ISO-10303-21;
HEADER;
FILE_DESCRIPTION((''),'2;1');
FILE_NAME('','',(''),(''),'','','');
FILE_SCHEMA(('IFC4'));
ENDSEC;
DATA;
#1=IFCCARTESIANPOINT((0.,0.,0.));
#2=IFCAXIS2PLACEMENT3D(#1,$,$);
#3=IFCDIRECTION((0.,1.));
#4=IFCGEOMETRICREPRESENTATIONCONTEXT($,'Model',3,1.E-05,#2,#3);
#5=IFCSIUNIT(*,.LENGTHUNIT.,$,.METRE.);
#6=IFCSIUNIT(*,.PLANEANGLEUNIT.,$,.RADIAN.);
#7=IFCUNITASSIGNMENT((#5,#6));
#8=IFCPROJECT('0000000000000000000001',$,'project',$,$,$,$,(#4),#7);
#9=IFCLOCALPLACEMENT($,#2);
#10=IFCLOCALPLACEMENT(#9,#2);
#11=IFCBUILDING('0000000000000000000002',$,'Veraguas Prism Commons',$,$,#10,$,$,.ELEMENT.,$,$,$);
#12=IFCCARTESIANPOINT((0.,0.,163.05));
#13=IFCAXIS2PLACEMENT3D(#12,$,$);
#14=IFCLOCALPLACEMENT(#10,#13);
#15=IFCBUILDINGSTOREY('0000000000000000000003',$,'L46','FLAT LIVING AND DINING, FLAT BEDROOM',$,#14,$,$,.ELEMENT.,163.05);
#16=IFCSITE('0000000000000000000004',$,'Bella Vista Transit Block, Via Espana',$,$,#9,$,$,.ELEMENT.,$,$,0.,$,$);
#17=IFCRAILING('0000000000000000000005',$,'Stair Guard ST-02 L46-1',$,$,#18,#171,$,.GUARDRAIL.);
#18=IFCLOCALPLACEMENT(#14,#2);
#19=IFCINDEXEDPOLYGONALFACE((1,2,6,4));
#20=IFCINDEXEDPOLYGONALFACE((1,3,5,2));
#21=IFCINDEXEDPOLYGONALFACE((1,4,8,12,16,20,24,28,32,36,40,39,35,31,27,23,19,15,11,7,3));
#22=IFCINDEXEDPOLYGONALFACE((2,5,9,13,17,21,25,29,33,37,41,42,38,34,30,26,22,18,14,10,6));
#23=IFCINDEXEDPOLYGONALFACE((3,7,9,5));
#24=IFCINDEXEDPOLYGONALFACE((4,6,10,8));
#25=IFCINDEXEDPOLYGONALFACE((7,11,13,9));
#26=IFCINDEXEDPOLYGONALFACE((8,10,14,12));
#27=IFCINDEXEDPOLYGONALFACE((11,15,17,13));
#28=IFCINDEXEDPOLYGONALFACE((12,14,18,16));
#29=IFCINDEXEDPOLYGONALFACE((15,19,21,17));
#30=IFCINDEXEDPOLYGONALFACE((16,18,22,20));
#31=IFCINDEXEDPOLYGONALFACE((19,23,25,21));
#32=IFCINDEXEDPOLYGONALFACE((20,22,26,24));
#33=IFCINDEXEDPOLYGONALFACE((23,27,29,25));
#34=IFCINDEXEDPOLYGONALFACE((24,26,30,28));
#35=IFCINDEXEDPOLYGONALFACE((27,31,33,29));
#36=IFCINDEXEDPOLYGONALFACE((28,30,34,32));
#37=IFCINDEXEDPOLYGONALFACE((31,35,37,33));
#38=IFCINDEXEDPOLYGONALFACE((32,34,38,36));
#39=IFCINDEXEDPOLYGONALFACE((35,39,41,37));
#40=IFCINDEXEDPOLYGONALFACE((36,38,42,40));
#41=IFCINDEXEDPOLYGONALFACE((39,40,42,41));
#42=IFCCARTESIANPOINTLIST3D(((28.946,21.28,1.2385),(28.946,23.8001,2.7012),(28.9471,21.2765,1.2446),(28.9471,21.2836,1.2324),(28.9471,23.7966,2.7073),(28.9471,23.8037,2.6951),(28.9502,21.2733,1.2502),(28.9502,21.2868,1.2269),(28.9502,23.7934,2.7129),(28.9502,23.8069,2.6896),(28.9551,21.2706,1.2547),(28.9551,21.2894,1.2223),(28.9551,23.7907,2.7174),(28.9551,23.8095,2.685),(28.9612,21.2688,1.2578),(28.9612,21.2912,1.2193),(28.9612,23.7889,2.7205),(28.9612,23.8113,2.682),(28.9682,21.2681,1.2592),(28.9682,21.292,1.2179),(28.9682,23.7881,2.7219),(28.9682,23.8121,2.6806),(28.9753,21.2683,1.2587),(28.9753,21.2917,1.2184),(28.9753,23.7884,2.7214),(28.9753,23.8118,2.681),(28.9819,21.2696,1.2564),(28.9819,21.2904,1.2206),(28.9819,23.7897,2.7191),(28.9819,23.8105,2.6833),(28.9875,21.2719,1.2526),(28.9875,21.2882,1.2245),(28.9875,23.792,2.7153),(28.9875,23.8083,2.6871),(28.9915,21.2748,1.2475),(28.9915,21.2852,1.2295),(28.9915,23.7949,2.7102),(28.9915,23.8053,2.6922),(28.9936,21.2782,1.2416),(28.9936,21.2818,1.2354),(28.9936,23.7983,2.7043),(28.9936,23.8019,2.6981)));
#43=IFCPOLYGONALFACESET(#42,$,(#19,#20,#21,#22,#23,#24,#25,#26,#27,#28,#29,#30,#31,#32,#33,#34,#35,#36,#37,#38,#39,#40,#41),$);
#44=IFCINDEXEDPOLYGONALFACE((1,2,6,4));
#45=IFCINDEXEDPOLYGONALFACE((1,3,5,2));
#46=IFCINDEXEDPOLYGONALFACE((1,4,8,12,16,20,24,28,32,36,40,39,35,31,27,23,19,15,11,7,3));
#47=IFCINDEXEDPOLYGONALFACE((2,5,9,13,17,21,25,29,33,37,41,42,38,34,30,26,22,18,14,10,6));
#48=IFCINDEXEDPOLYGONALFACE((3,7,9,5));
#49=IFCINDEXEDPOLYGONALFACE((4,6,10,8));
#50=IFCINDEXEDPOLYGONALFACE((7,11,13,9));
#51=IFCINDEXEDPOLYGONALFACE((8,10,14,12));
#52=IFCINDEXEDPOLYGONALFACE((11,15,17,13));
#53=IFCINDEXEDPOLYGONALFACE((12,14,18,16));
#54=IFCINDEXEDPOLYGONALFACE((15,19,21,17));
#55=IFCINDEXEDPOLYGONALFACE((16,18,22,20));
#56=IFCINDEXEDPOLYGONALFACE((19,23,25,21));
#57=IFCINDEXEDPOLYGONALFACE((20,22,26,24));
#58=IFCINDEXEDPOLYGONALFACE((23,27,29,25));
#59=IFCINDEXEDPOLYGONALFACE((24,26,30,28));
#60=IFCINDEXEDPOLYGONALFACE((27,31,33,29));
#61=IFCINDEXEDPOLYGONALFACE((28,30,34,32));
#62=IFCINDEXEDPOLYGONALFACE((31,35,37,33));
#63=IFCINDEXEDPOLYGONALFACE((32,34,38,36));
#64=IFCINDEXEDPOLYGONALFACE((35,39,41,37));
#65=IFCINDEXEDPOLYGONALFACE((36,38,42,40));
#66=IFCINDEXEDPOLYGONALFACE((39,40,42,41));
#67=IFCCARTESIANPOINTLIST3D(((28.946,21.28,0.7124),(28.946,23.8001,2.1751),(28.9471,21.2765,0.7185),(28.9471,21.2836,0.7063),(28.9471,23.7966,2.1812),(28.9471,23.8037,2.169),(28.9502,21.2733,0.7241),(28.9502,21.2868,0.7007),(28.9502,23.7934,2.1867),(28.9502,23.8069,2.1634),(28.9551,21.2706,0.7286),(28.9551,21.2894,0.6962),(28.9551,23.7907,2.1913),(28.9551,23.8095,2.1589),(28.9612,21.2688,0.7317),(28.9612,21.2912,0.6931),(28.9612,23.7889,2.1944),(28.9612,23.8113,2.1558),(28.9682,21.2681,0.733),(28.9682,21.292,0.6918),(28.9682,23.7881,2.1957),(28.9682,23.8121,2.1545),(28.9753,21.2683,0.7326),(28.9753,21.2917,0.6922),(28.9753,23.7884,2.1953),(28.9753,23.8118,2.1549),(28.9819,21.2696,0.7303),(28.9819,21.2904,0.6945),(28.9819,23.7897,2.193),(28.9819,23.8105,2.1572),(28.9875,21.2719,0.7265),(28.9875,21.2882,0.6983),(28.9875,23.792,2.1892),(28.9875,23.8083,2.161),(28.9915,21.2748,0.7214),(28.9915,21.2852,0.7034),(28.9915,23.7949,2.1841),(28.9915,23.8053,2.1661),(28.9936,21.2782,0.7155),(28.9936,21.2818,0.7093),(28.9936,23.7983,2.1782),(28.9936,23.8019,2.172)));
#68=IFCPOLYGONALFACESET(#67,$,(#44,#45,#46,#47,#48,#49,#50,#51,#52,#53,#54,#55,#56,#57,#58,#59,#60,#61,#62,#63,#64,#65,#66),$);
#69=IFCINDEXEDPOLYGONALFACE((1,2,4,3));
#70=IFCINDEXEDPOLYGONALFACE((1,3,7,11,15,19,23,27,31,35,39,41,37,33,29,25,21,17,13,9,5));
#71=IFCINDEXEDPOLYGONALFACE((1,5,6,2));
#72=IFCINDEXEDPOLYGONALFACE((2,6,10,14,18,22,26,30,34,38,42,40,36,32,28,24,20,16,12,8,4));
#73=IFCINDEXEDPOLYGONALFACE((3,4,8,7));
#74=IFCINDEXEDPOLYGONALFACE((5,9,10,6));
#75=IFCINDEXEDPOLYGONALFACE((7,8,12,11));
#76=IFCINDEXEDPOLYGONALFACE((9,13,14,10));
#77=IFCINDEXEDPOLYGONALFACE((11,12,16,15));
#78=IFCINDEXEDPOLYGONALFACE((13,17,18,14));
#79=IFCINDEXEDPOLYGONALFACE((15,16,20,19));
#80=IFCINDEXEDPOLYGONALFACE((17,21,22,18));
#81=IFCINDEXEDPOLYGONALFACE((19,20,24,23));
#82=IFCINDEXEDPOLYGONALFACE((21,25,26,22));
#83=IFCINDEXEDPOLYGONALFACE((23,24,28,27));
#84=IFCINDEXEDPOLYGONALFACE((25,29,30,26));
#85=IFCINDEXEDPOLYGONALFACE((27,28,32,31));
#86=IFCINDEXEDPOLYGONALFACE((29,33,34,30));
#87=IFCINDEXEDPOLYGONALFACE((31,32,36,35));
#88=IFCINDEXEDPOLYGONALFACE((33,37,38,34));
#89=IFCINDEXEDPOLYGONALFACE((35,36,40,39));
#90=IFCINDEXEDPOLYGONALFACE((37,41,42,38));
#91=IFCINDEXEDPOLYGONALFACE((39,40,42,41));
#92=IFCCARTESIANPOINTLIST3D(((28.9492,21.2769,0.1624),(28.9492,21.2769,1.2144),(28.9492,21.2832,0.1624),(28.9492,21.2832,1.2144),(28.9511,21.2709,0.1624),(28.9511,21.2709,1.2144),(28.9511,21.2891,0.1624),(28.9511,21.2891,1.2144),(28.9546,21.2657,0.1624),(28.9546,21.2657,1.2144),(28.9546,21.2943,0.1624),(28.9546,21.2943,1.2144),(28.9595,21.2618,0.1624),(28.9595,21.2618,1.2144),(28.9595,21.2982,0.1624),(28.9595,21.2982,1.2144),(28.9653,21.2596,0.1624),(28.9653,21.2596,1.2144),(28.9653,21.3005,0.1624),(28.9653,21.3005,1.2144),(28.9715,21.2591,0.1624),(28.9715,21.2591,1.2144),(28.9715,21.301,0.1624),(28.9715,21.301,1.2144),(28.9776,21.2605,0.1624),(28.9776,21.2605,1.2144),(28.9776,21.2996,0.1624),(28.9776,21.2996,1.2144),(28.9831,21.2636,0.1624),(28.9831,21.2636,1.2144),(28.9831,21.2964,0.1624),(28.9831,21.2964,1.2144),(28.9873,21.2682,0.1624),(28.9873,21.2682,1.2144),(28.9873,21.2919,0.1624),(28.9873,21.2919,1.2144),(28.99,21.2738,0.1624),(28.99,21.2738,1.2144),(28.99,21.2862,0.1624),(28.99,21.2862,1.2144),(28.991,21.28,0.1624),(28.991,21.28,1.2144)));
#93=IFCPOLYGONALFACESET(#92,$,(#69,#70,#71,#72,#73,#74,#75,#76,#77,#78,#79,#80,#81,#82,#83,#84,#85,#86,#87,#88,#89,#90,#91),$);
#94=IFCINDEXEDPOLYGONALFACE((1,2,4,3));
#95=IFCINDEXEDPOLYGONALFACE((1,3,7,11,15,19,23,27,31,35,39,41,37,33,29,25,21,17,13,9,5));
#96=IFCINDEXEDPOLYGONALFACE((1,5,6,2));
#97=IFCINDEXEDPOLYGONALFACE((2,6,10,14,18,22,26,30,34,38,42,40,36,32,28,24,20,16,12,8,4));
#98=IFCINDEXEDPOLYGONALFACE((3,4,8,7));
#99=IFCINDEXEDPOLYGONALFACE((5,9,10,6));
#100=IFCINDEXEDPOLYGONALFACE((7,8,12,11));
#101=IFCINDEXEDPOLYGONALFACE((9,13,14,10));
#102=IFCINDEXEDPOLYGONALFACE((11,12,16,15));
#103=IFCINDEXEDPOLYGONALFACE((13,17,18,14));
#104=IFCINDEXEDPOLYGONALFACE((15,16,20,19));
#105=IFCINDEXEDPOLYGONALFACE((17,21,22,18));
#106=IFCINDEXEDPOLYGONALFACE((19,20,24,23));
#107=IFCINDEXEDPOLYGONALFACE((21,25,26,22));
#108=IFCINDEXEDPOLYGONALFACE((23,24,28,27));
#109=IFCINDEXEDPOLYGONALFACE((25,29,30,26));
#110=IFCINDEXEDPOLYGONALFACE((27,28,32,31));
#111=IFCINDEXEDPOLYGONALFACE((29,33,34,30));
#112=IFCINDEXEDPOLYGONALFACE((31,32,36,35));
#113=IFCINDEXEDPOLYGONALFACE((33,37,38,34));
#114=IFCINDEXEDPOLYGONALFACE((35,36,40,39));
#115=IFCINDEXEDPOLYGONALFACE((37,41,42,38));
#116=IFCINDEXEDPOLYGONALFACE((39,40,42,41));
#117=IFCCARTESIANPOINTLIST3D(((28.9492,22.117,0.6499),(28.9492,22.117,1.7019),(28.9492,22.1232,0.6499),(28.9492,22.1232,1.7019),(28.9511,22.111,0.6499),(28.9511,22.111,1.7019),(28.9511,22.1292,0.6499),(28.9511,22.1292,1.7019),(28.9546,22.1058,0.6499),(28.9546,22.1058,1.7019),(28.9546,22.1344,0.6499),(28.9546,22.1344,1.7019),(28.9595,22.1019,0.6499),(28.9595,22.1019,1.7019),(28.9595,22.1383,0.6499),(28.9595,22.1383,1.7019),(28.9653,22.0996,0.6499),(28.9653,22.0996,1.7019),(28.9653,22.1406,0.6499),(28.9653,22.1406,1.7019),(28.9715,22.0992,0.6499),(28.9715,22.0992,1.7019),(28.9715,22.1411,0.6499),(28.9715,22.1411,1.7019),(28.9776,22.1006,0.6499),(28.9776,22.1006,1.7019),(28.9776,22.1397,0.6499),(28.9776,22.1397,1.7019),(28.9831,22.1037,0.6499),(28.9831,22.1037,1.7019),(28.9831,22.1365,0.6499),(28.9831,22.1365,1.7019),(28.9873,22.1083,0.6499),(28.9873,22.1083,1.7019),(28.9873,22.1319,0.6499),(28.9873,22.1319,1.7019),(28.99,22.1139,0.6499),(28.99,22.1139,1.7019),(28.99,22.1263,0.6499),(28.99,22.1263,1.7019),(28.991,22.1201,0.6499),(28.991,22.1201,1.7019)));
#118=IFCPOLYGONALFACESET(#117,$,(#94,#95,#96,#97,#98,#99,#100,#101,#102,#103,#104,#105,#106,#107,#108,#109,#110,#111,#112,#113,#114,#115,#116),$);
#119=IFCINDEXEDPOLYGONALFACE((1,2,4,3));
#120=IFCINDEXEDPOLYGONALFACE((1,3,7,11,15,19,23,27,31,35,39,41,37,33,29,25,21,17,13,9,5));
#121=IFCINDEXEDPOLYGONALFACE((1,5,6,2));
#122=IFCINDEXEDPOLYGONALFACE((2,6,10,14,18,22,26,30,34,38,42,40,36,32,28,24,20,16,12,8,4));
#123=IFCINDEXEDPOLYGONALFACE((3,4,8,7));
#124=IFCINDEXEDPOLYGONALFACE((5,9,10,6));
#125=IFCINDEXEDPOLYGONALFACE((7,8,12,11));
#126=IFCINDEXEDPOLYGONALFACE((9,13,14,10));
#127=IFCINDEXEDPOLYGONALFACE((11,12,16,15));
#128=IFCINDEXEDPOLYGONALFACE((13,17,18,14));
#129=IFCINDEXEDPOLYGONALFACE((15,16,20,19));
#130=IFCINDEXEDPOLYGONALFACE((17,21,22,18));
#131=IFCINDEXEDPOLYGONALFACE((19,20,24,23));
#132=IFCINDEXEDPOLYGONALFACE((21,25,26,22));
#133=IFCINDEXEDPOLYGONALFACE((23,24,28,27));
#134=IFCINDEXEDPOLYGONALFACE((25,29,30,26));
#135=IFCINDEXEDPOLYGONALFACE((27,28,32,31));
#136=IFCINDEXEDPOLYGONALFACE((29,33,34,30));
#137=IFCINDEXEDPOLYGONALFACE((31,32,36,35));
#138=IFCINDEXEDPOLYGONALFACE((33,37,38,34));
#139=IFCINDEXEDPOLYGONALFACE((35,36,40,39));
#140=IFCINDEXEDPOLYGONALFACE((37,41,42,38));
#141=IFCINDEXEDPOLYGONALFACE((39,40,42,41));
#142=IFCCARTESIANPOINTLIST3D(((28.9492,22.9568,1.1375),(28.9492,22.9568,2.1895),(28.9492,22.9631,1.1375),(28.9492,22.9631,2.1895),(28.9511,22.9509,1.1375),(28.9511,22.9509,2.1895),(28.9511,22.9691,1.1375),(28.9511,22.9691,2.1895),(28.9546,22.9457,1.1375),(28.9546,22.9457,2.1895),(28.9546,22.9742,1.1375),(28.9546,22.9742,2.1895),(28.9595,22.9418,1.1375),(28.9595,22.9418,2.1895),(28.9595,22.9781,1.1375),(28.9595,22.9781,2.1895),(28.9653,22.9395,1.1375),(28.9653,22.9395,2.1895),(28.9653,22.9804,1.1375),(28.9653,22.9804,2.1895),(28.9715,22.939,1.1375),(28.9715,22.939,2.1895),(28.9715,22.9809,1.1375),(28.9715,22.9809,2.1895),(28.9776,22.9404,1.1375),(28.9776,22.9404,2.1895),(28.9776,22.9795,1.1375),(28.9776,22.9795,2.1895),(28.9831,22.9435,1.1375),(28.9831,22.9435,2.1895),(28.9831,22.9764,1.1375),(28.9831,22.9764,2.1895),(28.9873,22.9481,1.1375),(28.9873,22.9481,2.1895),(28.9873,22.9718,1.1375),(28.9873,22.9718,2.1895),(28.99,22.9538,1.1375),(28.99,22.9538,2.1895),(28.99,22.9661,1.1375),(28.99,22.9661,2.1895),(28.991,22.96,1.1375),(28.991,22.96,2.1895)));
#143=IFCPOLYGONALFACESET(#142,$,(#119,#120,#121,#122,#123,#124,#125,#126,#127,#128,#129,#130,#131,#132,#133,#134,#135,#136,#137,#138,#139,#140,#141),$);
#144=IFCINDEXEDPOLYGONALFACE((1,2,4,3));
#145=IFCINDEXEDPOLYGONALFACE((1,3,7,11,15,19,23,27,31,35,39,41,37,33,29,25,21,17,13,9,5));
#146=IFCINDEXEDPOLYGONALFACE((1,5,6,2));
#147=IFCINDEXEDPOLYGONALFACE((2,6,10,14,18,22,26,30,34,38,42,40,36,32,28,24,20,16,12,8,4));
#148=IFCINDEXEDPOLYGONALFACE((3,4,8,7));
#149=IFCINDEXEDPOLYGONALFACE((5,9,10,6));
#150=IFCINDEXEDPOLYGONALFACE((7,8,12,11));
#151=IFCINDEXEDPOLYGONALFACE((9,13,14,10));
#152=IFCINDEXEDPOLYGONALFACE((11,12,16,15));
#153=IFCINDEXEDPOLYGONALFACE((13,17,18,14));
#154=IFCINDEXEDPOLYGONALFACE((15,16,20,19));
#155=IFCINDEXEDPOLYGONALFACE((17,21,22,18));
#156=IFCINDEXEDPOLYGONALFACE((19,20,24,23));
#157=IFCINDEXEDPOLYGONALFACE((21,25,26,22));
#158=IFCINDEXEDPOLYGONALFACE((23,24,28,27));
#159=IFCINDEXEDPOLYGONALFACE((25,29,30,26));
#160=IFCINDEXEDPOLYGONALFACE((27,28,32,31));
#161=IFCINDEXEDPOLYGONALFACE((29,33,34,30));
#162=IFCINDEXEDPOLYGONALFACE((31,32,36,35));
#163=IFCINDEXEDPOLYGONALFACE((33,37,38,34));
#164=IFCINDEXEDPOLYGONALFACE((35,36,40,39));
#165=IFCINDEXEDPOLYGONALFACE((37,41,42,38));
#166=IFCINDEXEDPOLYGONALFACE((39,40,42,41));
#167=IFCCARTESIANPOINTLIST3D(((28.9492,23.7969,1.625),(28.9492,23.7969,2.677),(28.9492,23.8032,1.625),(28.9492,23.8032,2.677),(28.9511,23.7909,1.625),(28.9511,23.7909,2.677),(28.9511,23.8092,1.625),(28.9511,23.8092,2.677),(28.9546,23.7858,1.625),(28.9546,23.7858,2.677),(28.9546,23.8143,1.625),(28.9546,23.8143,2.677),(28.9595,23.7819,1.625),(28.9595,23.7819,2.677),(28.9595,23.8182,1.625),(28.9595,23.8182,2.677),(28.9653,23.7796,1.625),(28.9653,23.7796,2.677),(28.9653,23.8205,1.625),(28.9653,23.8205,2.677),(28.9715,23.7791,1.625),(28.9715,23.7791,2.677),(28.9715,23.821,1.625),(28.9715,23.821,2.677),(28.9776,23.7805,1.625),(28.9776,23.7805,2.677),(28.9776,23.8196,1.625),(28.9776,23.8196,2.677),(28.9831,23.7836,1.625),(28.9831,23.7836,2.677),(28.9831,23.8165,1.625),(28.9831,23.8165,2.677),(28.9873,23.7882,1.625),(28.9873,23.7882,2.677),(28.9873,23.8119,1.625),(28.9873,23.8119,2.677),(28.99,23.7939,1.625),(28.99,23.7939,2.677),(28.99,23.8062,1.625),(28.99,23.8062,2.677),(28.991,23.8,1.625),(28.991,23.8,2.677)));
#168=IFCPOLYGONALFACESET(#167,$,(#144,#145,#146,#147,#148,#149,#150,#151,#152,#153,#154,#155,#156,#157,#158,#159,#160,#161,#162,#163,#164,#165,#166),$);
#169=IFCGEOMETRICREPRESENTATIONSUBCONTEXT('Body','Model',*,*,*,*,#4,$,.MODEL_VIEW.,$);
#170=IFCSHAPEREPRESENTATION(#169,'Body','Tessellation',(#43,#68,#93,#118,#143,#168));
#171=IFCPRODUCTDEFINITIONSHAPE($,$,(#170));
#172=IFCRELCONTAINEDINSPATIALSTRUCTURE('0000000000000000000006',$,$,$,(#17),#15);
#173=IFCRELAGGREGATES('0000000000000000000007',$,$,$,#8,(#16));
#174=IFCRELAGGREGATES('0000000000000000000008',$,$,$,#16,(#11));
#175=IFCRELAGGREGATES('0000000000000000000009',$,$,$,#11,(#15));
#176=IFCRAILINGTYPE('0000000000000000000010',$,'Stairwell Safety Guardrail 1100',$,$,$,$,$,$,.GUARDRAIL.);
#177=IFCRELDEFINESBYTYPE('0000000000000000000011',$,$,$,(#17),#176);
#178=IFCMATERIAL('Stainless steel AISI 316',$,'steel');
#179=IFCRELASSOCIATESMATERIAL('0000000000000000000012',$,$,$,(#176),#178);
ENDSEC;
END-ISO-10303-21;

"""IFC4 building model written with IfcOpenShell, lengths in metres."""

from ifc_helpers import new_model, si_unit, direction, frame, origin, origin_2d, place, context, subcontext, project, spatial, circle, extrude, material, type_object, element, save


model = new_model("IFC4")

# Units and contexts
model_context = context("Model", 3, precision=1e-05, world=origin(), true_north=direction((0.0, 1.0)))
body_context = subcontext(model_context, "Body", "Model", "MODEL_VIEW")
ifc_project = project(units=[si_unit("LENGTHUNIT", "METRE"), si_unit("PLANEANGLEUNIT", "RADIAN")], contexts=[model_context])

# Site, building, storey
site_placement = place(None, origin())
site = spatial("IfcSite", under=ifc_project, at=site_placement, Name="Bella Vista Transit Block, Via Espana", CompositionType="ELEMENT", RefElevation=0.0)
building_placement = place(site_placement, origin())
building = spatial("IfcBuilding", under=site, at=building_placement, Name="Veraguas Prism Commons", CompositionType="ELEMENT")
storey_placement = place(building_placement, frame((0.0, 0.0, 163.05)))
storey = spatial("IfcBuildingStorey", under=building, at=storey_placement, Name="L46", Description="FLAT LIVING AND DINING, FLAT BEDROOM", CompositionType="ELEMENT", Elevation=163.05)

# Shared definitions
ifc_material_1 = material(Name="Stainless steel AISI 316", Category="steel")

# Railing
railing_type_1 = type_object("IfcRailingType", Name="Stairwell Safety Guardrail 1100", PredefinedType="GUARDRAIL", material=ifc_material_1)
railing_1_placement = place(storey_placement, frame((28.97, 21.28, 0.1624)))
element("IfcRailing", 1, at=railing_1_placement, inside=storey, type_object=railing_type_1, Name="Stair Guard ST-02 L46-1", PredefinedType="GUARDRAIL", context=body_context, shape_type="SweptSolid", body=[
    extrude(circle(Radius=0.0239, at=origin_2d()), frame((0.0, 0.0, 1.0762), z_axis=(0.0, 0.864877, 0.501984), x_axis=(-1.0, 0.0, 0.0)), (0.0, 0.0, 1.0), 2.9138),
    extrude(circle(Radius=0.0239, at=origin_2d()), frame((0.0, 0.0, 0.55), z_axis=(0.0, 0.864877, 0.501984), x_axis=(-1.0, 0.0, 0.0)), (0.0, 0.0, 1.0), 2.9138),
    extrude(circle(Radius=0.021, at=origin_2d()), origin(), (0.0, 0.0, 1.0), 1.052),
    extrude(circle(Radius=0.021, at=origin_2d()), frame((0.0, 0.8401, 0.4875)), (0.0, 0.0, 1.0), 1.052),
    extrude(circle(Radius=0.021, at=origin_2d()), frame((0.0, 1.6799, 0.9751)), (0.0, 0.0, 1.0), 1.052),
    extrude(circle(Radius=0.021, at=origin_2d()), frame((0.0, 2.52, 1.4626)), (0.0, 0.0, 1.0), 1.052),
])

save(model, "model.ifc")
